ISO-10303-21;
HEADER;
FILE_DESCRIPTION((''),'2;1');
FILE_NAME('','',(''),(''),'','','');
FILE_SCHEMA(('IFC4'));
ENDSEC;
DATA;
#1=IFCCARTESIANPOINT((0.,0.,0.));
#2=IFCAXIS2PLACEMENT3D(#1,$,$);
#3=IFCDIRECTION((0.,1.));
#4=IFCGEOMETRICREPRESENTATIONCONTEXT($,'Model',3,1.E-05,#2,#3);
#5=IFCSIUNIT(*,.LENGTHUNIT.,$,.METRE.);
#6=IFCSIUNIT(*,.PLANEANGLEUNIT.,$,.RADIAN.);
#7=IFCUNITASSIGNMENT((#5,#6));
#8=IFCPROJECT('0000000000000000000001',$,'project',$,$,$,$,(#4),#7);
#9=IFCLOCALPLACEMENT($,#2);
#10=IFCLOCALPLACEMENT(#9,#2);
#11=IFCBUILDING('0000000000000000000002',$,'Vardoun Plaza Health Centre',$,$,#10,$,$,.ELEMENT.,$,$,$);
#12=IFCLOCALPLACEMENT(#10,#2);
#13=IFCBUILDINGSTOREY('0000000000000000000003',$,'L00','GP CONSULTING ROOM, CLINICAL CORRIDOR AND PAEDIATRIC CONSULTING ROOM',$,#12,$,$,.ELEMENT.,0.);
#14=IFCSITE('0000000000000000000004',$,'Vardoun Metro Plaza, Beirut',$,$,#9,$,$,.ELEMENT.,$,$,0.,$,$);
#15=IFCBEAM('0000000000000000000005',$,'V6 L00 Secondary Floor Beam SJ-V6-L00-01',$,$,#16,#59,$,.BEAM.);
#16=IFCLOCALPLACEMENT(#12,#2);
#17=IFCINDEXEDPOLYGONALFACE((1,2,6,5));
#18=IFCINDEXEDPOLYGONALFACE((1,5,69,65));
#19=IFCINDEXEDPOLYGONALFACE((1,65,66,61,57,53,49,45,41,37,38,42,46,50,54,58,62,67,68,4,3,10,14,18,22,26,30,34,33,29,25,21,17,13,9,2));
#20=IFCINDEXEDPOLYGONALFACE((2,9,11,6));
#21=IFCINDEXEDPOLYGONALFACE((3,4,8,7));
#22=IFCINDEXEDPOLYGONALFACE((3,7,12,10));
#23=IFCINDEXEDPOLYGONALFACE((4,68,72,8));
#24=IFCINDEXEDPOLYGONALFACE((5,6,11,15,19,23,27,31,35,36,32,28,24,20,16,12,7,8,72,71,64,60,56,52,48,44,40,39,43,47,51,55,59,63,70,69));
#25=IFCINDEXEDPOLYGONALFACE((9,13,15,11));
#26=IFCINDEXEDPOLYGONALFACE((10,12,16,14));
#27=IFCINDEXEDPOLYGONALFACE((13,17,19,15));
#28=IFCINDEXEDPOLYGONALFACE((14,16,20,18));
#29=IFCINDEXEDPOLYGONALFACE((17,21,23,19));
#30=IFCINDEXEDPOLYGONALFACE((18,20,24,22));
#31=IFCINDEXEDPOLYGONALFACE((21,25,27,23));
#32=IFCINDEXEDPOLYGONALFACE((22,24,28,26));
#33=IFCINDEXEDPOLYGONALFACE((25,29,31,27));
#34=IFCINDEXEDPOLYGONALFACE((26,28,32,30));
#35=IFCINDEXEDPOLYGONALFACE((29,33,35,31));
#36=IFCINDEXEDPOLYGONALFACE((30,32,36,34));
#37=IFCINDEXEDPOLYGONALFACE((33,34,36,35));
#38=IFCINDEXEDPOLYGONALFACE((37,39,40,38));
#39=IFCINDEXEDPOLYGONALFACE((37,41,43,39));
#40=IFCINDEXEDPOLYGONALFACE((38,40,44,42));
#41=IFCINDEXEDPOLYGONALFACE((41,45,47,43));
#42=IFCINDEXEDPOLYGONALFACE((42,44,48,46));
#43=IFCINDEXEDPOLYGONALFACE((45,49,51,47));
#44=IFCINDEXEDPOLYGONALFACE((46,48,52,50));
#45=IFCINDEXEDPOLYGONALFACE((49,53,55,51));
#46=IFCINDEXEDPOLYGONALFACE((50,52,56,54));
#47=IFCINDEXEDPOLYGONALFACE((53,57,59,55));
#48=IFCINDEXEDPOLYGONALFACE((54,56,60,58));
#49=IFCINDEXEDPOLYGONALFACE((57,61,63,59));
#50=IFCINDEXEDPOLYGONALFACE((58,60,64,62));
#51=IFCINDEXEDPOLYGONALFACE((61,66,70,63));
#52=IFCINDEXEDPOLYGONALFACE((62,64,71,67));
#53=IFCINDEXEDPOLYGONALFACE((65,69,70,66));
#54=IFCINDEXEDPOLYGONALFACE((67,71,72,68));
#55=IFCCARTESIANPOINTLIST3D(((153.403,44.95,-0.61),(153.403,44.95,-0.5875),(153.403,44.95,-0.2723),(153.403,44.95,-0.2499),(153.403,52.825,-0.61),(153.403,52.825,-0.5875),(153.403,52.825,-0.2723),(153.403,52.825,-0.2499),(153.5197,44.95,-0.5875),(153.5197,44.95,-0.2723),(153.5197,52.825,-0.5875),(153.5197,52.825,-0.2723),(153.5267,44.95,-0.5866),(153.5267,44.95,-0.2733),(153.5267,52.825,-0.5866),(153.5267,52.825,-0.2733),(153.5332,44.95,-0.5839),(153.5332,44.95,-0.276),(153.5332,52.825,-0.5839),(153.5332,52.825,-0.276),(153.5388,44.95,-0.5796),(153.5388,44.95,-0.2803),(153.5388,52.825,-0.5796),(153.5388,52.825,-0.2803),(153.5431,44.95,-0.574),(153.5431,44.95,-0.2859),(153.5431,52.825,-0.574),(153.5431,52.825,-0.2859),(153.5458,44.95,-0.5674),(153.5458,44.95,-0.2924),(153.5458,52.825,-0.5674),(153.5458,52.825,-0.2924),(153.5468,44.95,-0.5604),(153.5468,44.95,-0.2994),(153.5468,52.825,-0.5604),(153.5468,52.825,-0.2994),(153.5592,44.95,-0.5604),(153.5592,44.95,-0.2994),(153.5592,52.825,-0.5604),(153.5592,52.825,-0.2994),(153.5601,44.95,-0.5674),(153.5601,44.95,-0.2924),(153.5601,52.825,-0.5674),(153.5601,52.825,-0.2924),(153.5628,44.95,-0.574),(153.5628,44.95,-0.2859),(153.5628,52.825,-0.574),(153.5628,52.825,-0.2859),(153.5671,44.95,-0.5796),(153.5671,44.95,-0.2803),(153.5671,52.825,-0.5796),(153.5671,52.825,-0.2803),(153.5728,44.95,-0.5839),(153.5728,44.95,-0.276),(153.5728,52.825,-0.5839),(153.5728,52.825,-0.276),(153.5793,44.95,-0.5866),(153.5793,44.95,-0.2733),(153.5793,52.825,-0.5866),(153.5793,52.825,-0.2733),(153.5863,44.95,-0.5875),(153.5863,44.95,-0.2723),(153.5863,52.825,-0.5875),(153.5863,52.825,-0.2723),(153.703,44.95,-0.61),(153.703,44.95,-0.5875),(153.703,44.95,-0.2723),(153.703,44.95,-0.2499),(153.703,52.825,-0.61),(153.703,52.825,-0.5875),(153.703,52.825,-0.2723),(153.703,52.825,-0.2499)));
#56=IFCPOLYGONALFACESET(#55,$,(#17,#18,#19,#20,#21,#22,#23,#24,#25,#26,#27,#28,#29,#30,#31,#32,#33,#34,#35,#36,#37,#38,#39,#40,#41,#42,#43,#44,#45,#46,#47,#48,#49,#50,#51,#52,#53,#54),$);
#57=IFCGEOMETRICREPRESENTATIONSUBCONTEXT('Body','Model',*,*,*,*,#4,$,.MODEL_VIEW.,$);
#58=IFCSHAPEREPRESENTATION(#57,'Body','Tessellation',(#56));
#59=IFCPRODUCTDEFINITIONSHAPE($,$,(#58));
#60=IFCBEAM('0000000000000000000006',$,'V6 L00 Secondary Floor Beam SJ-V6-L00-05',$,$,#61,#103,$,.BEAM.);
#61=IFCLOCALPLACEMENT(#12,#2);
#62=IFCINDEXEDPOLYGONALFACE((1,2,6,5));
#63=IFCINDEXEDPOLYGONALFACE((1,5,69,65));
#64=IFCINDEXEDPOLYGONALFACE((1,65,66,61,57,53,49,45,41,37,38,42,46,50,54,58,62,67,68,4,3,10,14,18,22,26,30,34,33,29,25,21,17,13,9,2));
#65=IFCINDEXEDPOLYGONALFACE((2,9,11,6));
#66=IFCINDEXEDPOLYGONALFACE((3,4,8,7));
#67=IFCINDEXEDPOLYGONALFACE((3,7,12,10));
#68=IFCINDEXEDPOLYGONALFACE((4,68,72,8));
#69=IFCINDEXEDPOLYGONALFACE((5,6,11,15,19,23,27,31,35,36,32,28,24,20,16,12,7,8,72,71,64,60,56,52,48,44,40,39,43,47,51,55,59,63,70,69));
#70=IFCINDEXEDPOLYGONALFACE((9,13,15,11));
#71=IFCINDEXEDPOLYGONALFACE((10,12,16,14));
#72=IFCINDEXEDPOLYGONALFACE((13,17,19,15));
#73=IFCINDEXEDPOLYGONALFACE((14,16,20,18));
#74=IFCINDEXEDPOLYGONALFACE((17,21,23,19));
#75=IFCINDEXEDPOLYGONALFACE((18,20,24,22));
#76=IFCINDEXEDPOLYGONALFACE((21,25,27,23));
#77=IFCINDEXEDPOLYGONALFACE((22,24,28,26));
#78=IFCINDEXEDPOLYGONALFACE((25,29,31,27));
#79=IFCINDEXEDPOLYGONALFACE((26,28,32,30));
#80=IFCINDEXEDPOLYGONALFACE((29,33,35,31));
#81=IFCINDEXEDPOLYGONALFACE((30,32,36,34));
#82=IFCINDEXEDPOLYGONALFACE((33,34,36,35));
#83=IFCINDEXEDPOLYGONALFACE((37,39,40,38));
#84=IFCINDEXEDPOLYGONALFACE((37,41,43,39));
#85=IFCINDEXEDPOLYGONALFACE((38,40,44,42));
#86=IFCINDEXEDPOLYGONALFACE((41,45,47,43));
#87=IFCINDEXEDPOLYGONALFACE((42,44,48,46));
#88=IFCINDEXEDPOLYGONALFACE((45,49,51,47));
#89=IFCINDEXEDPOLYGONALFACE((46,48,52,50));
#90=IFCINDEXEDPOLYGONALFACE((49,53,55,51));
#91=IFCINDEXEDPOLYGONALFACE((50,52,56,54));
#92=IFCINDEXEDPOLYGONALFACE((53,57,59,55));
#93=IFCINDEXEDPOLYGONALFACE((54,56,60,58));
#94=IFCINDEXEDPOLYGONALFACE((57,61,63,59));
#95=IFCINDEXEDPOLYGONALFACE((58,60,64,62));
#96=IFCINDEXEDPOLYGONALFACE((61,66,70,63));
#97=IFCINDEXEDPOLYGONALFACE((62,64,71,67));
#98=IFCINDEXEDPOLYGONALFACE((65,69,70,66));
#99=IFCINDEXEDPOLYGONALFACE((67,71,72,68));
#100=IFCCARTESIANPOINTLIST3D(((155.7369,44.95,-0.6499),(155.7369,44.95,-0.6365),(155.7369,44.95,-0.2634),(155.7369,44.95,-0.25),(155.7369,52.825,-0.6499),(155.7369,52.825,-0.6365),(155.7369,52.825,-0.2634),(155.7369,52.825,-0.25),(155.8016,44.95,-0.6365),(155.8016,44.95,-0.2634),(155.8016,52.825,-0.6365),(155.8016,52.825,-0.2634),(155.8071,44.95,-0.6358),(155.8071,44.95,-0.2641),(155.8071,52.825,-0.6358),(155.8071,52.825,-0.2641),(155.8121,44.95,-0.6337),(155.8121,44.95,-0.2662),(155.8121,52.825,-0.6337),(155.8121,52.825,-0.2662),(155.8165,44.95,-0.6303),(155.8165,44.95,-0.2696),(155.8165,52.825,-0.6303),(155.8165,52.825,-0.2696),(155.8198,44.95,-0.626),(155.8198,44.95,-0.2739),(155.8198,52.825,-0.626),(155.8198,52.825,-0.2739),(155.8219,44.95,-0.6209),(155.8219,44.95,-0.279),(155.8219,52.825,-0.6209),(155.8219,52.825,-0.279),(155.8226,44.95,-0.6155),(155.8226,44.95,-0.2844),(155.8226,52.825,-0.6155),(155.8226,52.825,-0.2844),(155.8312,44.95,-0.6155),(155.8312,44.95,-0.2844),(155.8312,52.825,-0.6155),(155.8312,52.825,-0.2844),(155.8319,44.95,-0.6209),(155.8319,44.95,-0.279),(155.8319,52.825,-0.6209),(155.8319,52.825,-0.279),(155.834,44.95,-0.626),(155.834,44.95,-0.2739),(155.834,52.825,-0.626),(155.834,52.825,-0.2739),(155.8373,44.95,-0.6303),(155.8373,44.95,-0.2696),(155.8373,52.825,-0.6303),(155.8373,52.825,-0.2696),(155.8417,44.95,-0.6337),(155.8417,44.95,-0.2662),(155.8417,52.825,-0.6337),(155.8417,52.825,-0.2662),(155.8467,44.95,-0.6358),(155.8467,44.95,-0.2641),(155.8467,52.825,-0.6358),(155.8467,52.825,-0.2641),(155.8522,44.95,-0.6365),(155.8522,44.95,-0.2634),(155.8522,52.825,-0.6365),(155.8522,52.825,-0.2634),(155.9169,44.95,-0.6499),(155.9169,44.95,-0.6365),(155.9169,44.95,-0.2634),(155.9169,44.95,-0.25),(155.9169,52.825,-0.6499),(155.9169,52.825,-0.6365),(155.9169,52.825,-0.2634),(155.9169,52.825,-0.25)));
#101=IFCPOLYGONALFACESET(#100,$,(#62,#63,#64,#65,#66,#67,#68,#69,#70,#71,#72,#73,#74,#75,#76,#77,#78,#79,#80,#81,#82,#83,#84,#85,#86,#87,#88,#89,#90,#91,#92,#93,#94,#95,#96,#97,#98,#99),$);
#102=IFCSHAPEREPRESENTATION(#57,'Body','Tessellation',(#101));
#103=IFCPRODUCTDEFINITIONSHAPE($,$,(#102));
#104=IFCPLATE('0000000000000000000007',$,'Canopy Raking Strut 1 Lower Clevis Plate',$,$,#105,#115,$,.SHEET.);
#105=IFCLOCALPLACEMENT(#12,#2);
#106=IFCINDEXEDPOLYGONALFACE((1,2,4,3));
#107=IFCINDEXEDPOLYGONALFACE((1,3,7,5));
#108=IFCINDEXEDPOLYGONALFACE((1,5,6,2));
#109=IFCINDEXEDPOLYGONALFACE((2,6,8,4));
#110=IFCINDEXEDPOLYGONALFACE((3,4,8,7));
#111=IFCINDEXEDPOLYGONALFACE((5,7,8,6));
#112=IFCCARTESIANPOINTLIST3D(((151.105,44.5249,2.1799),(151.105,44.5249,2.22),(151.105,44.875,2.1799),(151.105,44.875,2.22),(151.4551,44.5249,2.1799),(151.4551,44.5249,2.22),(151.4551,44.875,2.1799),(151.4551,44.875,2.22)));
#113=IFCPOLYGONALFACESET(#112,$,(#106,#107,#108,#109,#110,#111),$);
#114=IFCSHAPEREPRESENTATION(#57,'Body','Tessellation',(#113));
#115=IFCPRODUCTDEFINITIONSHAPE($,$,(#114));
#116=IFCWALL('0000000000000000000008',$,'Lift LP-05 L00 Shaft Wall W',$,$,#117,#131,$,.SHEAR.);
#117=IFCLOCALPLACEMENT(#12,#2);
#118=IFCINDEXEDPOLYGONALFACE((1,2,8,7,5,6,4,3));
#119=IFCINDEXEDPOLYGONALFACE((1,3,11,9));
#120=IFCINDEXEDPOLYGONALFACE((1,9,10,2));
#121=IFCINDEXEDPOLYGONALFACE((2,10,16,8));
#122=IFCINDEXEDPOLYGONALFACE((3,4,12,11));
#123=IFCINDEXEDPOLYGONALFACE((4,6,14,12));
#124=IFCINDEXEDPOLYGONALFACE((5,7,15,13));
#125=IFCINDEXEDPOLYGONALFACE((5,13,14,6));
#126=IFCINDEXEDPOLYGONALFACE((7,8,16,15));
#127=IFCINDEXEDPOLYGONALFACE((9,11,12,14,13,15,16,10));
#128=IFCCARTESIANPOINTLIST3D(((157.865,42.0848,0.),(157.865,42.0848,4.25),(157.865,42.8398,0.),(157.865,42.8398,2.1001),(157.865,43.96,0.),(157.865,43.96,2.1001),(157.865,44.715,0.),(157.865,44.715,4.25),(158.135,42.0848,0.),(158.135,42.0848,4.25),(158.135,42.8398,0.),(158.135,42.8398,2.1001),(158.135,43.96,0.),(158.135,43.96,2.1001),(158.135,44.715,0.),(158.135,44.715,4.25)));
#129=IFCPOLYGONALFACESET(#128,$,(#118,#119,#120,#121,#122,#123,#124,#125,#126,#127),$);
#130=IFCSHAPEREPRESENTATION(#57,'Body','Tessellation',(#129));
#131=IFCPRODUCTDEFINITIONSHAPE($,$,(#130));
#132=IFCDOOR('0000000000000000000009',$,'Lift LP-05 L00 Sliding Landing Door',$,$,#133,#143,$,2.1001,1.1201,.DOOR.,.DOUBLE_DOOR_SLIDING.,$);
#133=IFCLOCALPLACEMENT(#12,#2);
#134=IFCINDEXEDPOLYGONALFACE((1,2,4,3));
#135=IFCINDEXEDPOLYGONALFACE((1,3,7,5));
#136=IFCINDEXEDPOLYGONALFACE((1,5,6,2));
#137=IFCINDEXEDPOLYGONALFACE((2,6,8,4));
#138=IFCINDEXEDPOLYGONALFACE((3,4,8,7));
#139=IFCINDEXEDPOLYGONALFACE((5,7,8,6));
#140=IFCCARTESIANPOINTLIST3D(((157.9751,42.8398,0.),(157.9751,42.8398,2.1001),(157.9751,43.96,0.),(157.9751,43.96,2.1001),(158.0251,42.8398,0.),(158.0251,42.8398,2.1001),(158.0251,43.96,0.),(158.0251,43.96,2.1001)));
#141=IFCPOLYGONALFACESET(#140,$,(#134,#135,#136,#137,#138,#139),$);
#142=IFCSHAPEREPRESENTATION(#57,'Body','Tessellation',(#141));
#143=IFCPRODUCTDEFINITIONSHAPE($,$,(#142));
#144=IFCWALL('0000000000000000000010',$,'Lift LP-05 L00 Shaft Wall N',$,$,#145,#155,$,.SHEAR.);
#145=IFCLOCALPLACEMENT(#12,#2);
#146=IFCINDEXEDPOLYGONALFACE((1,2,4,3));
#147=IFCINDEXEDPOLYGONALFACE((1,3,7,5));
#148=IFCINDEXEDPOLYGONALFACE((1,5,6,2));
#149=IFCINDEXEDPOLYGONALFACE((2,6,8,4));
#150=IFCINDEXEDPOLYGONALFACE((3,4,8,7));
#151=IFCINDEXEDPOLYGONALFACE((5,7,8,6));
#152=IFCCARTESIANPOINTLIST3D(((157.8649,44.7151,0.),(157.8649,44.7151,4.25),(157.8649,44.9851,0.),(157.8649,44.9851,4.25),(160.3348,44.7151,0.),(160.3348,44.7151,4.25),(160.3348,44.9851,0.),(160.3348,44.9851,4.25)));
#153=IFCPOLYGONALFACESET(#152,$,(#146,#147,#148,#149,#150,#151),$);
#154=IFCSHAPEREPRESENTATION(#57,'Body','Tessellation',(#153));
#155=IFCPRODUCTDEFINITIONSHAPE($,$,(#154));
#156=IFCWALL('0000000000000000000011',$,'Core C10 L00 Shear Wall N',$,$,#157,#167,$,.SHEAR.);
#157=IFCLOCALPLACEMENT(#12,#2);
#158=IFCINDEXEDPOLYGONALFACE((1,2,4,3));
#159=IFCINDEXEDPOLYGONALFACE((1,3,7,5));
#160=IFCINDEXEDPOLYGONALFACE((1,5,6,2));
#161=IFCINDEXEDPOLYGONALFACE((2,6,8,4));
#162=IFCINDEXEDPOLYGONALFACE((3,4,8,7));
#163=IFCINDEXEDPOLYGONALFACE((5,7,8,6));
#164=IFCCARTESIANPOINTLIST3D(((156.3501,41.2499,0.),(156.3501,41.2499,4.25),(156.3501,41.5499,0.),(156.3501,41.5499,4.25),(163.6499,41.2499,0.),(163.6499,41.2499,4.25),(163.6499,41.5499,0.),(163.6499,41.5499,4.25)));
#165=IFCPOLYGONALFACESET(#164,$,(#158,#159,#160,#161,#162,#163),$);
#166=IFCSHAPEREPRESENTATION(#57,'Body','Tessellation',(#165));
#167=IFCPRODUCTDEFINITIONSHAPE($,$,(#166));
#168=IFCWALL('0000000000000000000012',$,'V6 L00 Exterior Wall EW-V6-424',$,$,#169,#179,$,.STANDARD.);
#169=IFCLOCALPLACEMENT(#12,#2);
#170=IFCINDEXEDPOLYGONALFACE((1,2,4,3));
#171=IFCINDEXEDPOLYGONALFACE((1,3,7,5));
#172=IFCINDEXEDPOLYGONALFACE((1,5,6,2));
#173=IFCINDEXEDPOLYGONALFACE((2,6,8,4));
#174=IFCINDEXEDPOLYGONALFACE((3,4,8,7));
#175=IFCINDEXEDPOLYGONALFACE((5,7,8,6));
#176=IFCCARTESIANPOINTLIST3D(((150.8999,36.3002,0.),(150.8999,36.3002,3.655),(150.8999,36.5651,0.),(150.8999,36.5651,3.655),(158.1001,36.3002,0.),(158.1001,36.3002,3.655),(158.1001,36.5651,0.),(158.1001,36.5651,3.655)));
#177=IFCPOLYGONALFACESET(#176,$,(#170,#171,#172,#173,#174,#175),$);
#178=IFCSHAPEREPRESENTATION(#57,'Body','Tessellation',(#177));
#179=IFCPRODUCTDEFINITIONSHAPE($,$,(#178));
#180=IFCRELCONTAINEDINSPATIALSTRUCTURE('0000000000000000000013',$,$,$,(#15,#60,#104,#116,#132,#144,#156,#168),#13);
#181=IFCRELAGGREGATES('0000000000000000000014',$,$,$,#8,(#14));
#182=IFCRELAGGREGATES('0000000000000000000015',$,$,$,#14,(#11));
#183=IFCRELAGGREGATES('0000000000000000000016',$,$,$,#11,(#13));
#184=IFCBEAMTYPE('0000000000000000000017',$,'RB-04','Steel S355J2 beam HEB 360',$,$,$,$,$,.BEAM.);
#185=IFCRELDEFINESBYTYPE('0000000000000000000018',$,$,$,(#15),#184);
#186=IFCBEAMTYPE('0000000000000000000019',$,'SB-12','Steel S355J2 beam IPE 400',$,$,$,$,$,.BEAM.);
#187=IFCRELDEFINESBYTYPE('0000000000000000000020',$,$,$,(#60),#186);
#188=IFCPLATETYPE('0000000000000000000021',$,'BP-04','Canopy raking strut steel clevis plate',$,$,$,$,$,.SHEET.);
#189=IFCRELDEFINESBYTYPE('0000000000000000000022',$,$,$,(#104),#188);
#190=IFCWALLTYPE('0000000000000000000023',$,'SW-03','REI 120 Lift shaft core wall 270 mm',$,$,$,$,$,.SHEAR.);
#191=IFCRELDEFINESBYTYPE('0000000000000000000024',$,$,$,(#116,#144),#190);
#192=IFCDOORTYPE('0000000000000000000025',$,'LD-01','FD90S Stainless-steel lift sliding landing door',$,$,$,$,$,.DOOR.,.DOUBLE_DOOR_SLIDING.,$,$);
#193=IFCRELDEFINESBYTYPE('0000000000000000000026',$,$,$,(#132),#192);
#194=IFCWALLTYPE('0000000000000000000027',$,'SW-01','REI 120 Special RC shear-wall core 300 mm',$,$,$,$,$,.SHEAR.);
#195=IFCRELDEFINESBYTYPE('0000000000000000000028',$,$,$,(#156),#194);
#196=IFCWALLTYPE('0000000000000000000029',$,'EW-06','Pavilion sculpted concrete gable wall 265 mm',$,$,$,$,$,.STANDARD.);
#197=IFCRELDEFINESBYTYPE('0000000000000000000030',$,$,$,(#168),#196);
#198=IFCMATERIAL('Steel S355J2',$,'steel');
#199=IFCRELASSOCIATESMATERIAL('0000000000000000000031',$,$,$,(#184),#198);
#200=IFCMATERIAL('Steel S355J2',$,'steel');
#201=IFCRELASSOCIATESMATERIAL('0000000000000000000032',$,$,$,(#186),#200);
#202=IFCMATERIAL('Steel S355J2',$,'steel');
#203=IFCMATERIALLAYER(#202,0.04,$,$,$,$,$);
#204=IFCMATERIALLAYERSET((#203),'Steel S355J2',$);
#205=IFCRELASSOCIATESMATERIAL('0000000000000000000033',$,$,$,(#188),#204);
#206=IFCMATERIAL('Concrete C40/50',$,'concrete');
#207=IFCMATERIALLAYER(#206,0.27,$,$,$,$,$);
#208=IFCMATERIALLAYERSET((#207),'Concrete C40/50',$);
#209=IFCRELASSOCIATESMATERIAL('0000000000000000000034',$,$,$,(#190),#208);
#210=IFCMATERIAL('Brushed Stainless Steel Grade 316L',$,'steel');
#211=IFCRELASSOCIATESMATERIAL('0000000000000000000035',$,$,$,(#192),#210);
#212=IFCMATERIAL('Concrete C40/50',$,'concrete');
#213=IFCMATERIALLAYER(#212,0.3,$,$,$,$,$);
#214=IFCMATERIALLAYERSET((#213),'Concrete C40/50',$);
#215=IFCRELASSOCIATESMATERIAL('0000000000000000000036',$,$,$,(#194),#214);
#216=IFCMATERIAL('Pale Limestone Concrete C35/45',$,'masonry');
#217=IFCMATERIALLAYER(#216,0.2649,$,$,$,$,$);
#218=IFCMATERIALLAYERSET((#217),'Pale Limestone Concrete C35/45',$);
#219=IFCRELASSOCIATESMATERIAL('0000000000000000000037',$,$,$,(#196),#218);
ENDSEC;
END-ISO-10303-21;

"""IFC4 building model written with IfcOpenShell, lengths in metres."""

from ifc_helpers import new_model, si_unit, direction, frame, frame_2d, origin, origin_2d, place, context, subcontext, project, spatial, rectangle, i_section, extrude, material, layer, layer_set, material_profile, profile_set, type_object, element, fill, save


model = new_model("IFC4")

# Units and contexts
model_context = context("Model", 3, precision=1e-05, world=origin(), true_north=direction((0.0, 1.0)))
body_context = subcontext(model_context, "Body", "Model", "MODEL_VIEW")
ifc_project = project(units=[si_unit("LENGTHUNIT", "METRE"), si_unit("PLANEANGLEUNIT", "RADIAN")], contexts=[model_context])

# Site, building, storey
site_placement = place(None, origin())
site = spatial("IfcSite", under=ifc_project, at=site_placement, Name="Vardoun Metro Plaza, Beirut", CompositionType="ELEMENT", RefElevation=0.0)
building_placement = place(site_placement, origin())
building = spatial("IfcBuilding", under=site, at=building_placement, Name="Vardoun Plaza Health Centre", CompositionType="ELEMENT")
storey_placement = place(building_placement, origin())
storey = spatial("IfcBuildingStorey", under=building, at=storey_placement, Name="L00", Description="GP CONSULTING ROOM, CLINICAL CORRIDOR AND PAEDIATRIC CONSULTING ROOM", CompositionType="ELEMENT", Elevation=0.0)

# Beams
ifc_material_1 = material(Name="Steel S355J2", Category="steel")
ifc_material_profile_1 = material_profile(ifc_material_1, i_section(OverallWidth=0.3, OverallDepth=0.3601, WebThickness=0.0125, FlangeThickness=0.0225, FilletRadius=0.0271, at=origin_2d()), Name="HEB 360")
ifc_profile_set_1 = profile_set([ifc_material_profile_1], Name="Steel S355J2")
beam_type_1 = type_object("IfcBeamType", Name="RB-04", Description="Steel S355J2 beam HEB 360", PredefinedType="BEAM", material=ifc_profile_set_1)
beam_1_placement = place(storey_placement, frame((153.553, 44.95, -0.4299), z_axis=(0.0, 1.0, 0.0), x_axis=(-1.0, 0.0, 0.0)))
element("IfcBeam", 1, at=beam_1_placement, inside=storey, type_object=beam_type_1, Name="V6 L00 Secondary Floor Beam SJ-V6-L00-01", PredefinedType="BEAM", context=body_context, shape_type="SweptSolid", body=[
    extrude(i_section(OverallWidth=0.3, OverallDepth=0.3601, WebThickness=0.0125, FlangeThickness=0.0225, FilletRadius=0.0271, at=origin_2d()), origin(), (0.0, 0.0, 1.0), 7.875),
])
ifc_material_2 = material(Name="Steel S355J2", Category="steel")
ifc_material_profile_2 = material_profile(ifc_material_2, i_section(OverallWidth=0.1799, OverallDepth=0.3999, WebThickness=0.0085, FlangeThickness=0.0134, FilletRadius=0.021, at=origin_2d()), Name="IPE 400")
ifc_profile_set_2 = profile_set([ifc_material_profile_2], Name="Steel S355J2")
beam_type_2 = type_object("IfcBeamType", Name="SB-12", Description="Steel S355J2 beam IPE 400", PredefinedType="BEAM", material=ifc_profile_set_2)
beam_2_placement = place(storey_placement, frame((155.8269, 44.95, -0.45), z_axis=(0.0, 1.0, 0.0), x_axis=(-1.0, 0.0, 0.0)))
element("IfcBeam", 2, at=beam_2_placement, inside=storey, type_object=beam_type_2, Name="V6 L00 Secondary Floor Beam SJ-V6-L00-05", PredefinedType="BEAM", context=body_context, shape_type="SweptSolid", body=[
    extrude(i_section(OverallWidth=0.1799, OverallDepth=0.3999, WebThickness=0.0085, FlangeThickness=0.0134, FilletRadius=0.021, at=origin_2d()), origin(), (0.0, 0.0, 1.0), 7.875),
])

# Plate
ifc_material_3 = material(Name="Steel S355J2", Category="steel")
ifc_layer_1 = layer(ifc_material_3, 0.04)
ifc_layer_set_1 = layer_set([ifc_layer_1], Name="Steel S355J2")
plate_type = type_object("IfcPlateType", Name="BP-04", Description="Canopy raking strut steel clevis plate", PredefinedType="SHEET", material=ifc_layer_set_1)
plate_placement = place(storey_placement, frame((151.28, 44.7, 2.1799), z_axis=(0.0, 0.0, 1.0), x_axis=(1.0, 0.0, 0.0)))
element("IfcPlate", 3, at=plate_placement, inside=storey, type_object=plate_type, Name="Canopy Raking Strut 1 Lower Clevis Plate", PredefinedType="SHEET", context=body_context, shape_type="SweptSolid", body=[
    extrude(rectangle(XDim=0.3501, YDim=0.3501, at=origin_2d()), origin(), (0.0, 0.0, 1.0), 0.04),
])

# Wall, opening, door
ifc_material_4 = material(Name="Concrete C40/50", Category="concrete")
ifc_layer_2 = layer(ifc_material_4, 0.27)
ifc_layer_set_2 = layer_set([ifc_layer_2], Name="Concrete C40/50")
wall_type_1 = type_object("IfcWallType", Name="SW-03", Description="REI 120 Lift shaft core wall 270 mm", PredefinedType="SHEAR", material=ifc_layer_set_2)
wall_1_placement = place(storey_placement, frame((158.0, 42.085, 0.0), z_axis=(0.0, 0.0, 1.0), x_axis=(0.0, 1.0, 0.0)))
wall_1 = element("IfcWall", 4, at=wall_1_placement, inside=storey, type_object=wall_type_1, Name="Lift LP-05 L00 Shaft Wall W", PredefinedType="SHEAR", context=body_context, shape_type="SweptSolid", body=[
    extrude(rectangle(XDim=2.6301, YDim=0.27, at=frame_2d((1.3149, 0.0))), origin(), (0.0, 0.0, 1.0), 4.25),
])
opening_1_placement = place(wall_1_placement, frame((0.7549, 0.0, 0.0)))
opening_1 = element("IfcOpeningElement", 5, at=opening_1_placement, cuts=wall_1, PredefinedType="OPENING", context=body_context, shape_type="SweptSolid", body=[
    extrude(rectangle(XDim=1.1201, YDim=2.1001, at=frame_2d((0.5601, 1.05))), frame((0.0, 0.135, 0.0), z_axis=(0.0, -1.0, 0.0), x_axis=(1.0, 0.0, 0.0)), (0.0, 0.0, 1.0), 0.27),
])
ifc_material_5 = material(Name="Brushed Stainless Steel Grade 316L", Category="steel")
door_type_1 = type_object("IfcDoorType", Name="LD-01", Description="FD90S Stainless-steel lift sliding landing door", OperationType="DOUBLE_DOOR_SLIDING", PredefinedType="DOOR", material=ifc_material_5)
door_1_placement = place(opening_1_placement, origin())
door_1 = element("IfcDoor", 6, at=door_1_placement, inside=storey, type_object=door_type_1, Name="Lift LP-05 L00 Sliding Landing Door", OperationType="DOUBLE_DOOR_SLIDING", OverallHeight=2.1001, OverallWidth=1.1201, PredefinedType="DOOR", context=body_context, shape_type="SweptSolid", body=[
    extrude(rectangle(XDim=1.1201, YDim=2.1001, at=frame_2d((0.5601, 1.05))), frame((0.0, 0.0249, 0.0), z_axis=(0.0, -1.0, 0.0), x_axis=(1.0, 0.0, 0.0)), (0.0, 0.0, 1.0), 0.05),
])
fill(opening_1, door_1)

# Wall
wall_2_placement = place(storey_placement, frame((157.865, 44.8501, 0.0), z_axis=(0.0, 0.0, 1.0), x_axis=(1.0, 0.0, 0.0)))
element("IfcWall", 7, at=wall_2_placement, inside=storey, type_object=wall_type_1, Name="Lift LP-05 L00 Shaft Wall N", PredefinedType="SHEAR", context=body_context, shape_type="SweptSolid", body=[
    extrude(rectangle(XDim=2.47, YDim=0.27, at=frame_2d((1.2349, 0.0))), origin(), (0.0, 0.0, 1.0), 4.25),
])

# Shared definitions
ifc_material_6 = material(Name="Concrete C40/50", Category="concrete")
ifc_layer_3 = layer(ifc_material_6, 0.3)
ifc_layer_set_3 = layer_set([ifc_layer_3], Name="Concrete C40/50")
wall_type_2 = type_object("IfcWallType", Name="SW-01", Description="REI 120 Special RC shear-wall core 300 mm", PredefinedType="SHEAR", material=ifc_layer_set_3)

# Walls
wall_3_placement = place(storey_placement, frame((156.3501, 41.3999, 0.0), z_axis=(0.0, 0.0, 1.0), x_axis=(1.0, 0.0, 0.0)))
element("IfcWall", 8, at=wall_3_placement, inside=storey, type_object=wall_type_2, Name="Core C10 L00 Shear Wall N", PredefinedType="SHEAR", context=body_context, shape_type="SweptSolid", body=[
    extrude(rectangle(XDim=7.2998, YDim=0.3, at=frame_2d((3.6499, 0.0))), origin(), (0.0, 0.0, 1.0), 4.25),
])
ifc_material_7 = material(Name="Pale Limestone Concrete C35/45", Category="masonry")
ifc_layer_4 = layer(ifc_material_7, 0.2649)
ifc_layer_set_4 = layer_set([ifc_layer_4], Name="Pale Limestone Concrete C35/45")
wall_type_3 = type_object("IfcWallType", Name="EW-06", Description="Pavilion sculpted concrete gable wall 265 mm", PredefinedType="STANDARD", material=ifc_layer_set_4)
wall_4_placement = place(storey_placement, frame((158.1001, 36.4326, 0.0), z_axis=(0.0, 0.0, 1.0), x_axis=(-1.0, 0.0, 0.0)))
element("IfcWall", 9, at=wall_4_placement, inside=storey, type_object=wall_type_3, Name="V6 L00 Exterior Wall EW-V6-424", PredefinedType="STANDARD", context=body_context, shape_type="SweptSolid", body=[
    extrude(rectangle(XDim=7.2002, YDim=0.2649, at=frame_2d((3.6001, 0.0))), origin(), (0.0, 0.0, 1.0), 3.655),
])

save(model, "model.ifc")
